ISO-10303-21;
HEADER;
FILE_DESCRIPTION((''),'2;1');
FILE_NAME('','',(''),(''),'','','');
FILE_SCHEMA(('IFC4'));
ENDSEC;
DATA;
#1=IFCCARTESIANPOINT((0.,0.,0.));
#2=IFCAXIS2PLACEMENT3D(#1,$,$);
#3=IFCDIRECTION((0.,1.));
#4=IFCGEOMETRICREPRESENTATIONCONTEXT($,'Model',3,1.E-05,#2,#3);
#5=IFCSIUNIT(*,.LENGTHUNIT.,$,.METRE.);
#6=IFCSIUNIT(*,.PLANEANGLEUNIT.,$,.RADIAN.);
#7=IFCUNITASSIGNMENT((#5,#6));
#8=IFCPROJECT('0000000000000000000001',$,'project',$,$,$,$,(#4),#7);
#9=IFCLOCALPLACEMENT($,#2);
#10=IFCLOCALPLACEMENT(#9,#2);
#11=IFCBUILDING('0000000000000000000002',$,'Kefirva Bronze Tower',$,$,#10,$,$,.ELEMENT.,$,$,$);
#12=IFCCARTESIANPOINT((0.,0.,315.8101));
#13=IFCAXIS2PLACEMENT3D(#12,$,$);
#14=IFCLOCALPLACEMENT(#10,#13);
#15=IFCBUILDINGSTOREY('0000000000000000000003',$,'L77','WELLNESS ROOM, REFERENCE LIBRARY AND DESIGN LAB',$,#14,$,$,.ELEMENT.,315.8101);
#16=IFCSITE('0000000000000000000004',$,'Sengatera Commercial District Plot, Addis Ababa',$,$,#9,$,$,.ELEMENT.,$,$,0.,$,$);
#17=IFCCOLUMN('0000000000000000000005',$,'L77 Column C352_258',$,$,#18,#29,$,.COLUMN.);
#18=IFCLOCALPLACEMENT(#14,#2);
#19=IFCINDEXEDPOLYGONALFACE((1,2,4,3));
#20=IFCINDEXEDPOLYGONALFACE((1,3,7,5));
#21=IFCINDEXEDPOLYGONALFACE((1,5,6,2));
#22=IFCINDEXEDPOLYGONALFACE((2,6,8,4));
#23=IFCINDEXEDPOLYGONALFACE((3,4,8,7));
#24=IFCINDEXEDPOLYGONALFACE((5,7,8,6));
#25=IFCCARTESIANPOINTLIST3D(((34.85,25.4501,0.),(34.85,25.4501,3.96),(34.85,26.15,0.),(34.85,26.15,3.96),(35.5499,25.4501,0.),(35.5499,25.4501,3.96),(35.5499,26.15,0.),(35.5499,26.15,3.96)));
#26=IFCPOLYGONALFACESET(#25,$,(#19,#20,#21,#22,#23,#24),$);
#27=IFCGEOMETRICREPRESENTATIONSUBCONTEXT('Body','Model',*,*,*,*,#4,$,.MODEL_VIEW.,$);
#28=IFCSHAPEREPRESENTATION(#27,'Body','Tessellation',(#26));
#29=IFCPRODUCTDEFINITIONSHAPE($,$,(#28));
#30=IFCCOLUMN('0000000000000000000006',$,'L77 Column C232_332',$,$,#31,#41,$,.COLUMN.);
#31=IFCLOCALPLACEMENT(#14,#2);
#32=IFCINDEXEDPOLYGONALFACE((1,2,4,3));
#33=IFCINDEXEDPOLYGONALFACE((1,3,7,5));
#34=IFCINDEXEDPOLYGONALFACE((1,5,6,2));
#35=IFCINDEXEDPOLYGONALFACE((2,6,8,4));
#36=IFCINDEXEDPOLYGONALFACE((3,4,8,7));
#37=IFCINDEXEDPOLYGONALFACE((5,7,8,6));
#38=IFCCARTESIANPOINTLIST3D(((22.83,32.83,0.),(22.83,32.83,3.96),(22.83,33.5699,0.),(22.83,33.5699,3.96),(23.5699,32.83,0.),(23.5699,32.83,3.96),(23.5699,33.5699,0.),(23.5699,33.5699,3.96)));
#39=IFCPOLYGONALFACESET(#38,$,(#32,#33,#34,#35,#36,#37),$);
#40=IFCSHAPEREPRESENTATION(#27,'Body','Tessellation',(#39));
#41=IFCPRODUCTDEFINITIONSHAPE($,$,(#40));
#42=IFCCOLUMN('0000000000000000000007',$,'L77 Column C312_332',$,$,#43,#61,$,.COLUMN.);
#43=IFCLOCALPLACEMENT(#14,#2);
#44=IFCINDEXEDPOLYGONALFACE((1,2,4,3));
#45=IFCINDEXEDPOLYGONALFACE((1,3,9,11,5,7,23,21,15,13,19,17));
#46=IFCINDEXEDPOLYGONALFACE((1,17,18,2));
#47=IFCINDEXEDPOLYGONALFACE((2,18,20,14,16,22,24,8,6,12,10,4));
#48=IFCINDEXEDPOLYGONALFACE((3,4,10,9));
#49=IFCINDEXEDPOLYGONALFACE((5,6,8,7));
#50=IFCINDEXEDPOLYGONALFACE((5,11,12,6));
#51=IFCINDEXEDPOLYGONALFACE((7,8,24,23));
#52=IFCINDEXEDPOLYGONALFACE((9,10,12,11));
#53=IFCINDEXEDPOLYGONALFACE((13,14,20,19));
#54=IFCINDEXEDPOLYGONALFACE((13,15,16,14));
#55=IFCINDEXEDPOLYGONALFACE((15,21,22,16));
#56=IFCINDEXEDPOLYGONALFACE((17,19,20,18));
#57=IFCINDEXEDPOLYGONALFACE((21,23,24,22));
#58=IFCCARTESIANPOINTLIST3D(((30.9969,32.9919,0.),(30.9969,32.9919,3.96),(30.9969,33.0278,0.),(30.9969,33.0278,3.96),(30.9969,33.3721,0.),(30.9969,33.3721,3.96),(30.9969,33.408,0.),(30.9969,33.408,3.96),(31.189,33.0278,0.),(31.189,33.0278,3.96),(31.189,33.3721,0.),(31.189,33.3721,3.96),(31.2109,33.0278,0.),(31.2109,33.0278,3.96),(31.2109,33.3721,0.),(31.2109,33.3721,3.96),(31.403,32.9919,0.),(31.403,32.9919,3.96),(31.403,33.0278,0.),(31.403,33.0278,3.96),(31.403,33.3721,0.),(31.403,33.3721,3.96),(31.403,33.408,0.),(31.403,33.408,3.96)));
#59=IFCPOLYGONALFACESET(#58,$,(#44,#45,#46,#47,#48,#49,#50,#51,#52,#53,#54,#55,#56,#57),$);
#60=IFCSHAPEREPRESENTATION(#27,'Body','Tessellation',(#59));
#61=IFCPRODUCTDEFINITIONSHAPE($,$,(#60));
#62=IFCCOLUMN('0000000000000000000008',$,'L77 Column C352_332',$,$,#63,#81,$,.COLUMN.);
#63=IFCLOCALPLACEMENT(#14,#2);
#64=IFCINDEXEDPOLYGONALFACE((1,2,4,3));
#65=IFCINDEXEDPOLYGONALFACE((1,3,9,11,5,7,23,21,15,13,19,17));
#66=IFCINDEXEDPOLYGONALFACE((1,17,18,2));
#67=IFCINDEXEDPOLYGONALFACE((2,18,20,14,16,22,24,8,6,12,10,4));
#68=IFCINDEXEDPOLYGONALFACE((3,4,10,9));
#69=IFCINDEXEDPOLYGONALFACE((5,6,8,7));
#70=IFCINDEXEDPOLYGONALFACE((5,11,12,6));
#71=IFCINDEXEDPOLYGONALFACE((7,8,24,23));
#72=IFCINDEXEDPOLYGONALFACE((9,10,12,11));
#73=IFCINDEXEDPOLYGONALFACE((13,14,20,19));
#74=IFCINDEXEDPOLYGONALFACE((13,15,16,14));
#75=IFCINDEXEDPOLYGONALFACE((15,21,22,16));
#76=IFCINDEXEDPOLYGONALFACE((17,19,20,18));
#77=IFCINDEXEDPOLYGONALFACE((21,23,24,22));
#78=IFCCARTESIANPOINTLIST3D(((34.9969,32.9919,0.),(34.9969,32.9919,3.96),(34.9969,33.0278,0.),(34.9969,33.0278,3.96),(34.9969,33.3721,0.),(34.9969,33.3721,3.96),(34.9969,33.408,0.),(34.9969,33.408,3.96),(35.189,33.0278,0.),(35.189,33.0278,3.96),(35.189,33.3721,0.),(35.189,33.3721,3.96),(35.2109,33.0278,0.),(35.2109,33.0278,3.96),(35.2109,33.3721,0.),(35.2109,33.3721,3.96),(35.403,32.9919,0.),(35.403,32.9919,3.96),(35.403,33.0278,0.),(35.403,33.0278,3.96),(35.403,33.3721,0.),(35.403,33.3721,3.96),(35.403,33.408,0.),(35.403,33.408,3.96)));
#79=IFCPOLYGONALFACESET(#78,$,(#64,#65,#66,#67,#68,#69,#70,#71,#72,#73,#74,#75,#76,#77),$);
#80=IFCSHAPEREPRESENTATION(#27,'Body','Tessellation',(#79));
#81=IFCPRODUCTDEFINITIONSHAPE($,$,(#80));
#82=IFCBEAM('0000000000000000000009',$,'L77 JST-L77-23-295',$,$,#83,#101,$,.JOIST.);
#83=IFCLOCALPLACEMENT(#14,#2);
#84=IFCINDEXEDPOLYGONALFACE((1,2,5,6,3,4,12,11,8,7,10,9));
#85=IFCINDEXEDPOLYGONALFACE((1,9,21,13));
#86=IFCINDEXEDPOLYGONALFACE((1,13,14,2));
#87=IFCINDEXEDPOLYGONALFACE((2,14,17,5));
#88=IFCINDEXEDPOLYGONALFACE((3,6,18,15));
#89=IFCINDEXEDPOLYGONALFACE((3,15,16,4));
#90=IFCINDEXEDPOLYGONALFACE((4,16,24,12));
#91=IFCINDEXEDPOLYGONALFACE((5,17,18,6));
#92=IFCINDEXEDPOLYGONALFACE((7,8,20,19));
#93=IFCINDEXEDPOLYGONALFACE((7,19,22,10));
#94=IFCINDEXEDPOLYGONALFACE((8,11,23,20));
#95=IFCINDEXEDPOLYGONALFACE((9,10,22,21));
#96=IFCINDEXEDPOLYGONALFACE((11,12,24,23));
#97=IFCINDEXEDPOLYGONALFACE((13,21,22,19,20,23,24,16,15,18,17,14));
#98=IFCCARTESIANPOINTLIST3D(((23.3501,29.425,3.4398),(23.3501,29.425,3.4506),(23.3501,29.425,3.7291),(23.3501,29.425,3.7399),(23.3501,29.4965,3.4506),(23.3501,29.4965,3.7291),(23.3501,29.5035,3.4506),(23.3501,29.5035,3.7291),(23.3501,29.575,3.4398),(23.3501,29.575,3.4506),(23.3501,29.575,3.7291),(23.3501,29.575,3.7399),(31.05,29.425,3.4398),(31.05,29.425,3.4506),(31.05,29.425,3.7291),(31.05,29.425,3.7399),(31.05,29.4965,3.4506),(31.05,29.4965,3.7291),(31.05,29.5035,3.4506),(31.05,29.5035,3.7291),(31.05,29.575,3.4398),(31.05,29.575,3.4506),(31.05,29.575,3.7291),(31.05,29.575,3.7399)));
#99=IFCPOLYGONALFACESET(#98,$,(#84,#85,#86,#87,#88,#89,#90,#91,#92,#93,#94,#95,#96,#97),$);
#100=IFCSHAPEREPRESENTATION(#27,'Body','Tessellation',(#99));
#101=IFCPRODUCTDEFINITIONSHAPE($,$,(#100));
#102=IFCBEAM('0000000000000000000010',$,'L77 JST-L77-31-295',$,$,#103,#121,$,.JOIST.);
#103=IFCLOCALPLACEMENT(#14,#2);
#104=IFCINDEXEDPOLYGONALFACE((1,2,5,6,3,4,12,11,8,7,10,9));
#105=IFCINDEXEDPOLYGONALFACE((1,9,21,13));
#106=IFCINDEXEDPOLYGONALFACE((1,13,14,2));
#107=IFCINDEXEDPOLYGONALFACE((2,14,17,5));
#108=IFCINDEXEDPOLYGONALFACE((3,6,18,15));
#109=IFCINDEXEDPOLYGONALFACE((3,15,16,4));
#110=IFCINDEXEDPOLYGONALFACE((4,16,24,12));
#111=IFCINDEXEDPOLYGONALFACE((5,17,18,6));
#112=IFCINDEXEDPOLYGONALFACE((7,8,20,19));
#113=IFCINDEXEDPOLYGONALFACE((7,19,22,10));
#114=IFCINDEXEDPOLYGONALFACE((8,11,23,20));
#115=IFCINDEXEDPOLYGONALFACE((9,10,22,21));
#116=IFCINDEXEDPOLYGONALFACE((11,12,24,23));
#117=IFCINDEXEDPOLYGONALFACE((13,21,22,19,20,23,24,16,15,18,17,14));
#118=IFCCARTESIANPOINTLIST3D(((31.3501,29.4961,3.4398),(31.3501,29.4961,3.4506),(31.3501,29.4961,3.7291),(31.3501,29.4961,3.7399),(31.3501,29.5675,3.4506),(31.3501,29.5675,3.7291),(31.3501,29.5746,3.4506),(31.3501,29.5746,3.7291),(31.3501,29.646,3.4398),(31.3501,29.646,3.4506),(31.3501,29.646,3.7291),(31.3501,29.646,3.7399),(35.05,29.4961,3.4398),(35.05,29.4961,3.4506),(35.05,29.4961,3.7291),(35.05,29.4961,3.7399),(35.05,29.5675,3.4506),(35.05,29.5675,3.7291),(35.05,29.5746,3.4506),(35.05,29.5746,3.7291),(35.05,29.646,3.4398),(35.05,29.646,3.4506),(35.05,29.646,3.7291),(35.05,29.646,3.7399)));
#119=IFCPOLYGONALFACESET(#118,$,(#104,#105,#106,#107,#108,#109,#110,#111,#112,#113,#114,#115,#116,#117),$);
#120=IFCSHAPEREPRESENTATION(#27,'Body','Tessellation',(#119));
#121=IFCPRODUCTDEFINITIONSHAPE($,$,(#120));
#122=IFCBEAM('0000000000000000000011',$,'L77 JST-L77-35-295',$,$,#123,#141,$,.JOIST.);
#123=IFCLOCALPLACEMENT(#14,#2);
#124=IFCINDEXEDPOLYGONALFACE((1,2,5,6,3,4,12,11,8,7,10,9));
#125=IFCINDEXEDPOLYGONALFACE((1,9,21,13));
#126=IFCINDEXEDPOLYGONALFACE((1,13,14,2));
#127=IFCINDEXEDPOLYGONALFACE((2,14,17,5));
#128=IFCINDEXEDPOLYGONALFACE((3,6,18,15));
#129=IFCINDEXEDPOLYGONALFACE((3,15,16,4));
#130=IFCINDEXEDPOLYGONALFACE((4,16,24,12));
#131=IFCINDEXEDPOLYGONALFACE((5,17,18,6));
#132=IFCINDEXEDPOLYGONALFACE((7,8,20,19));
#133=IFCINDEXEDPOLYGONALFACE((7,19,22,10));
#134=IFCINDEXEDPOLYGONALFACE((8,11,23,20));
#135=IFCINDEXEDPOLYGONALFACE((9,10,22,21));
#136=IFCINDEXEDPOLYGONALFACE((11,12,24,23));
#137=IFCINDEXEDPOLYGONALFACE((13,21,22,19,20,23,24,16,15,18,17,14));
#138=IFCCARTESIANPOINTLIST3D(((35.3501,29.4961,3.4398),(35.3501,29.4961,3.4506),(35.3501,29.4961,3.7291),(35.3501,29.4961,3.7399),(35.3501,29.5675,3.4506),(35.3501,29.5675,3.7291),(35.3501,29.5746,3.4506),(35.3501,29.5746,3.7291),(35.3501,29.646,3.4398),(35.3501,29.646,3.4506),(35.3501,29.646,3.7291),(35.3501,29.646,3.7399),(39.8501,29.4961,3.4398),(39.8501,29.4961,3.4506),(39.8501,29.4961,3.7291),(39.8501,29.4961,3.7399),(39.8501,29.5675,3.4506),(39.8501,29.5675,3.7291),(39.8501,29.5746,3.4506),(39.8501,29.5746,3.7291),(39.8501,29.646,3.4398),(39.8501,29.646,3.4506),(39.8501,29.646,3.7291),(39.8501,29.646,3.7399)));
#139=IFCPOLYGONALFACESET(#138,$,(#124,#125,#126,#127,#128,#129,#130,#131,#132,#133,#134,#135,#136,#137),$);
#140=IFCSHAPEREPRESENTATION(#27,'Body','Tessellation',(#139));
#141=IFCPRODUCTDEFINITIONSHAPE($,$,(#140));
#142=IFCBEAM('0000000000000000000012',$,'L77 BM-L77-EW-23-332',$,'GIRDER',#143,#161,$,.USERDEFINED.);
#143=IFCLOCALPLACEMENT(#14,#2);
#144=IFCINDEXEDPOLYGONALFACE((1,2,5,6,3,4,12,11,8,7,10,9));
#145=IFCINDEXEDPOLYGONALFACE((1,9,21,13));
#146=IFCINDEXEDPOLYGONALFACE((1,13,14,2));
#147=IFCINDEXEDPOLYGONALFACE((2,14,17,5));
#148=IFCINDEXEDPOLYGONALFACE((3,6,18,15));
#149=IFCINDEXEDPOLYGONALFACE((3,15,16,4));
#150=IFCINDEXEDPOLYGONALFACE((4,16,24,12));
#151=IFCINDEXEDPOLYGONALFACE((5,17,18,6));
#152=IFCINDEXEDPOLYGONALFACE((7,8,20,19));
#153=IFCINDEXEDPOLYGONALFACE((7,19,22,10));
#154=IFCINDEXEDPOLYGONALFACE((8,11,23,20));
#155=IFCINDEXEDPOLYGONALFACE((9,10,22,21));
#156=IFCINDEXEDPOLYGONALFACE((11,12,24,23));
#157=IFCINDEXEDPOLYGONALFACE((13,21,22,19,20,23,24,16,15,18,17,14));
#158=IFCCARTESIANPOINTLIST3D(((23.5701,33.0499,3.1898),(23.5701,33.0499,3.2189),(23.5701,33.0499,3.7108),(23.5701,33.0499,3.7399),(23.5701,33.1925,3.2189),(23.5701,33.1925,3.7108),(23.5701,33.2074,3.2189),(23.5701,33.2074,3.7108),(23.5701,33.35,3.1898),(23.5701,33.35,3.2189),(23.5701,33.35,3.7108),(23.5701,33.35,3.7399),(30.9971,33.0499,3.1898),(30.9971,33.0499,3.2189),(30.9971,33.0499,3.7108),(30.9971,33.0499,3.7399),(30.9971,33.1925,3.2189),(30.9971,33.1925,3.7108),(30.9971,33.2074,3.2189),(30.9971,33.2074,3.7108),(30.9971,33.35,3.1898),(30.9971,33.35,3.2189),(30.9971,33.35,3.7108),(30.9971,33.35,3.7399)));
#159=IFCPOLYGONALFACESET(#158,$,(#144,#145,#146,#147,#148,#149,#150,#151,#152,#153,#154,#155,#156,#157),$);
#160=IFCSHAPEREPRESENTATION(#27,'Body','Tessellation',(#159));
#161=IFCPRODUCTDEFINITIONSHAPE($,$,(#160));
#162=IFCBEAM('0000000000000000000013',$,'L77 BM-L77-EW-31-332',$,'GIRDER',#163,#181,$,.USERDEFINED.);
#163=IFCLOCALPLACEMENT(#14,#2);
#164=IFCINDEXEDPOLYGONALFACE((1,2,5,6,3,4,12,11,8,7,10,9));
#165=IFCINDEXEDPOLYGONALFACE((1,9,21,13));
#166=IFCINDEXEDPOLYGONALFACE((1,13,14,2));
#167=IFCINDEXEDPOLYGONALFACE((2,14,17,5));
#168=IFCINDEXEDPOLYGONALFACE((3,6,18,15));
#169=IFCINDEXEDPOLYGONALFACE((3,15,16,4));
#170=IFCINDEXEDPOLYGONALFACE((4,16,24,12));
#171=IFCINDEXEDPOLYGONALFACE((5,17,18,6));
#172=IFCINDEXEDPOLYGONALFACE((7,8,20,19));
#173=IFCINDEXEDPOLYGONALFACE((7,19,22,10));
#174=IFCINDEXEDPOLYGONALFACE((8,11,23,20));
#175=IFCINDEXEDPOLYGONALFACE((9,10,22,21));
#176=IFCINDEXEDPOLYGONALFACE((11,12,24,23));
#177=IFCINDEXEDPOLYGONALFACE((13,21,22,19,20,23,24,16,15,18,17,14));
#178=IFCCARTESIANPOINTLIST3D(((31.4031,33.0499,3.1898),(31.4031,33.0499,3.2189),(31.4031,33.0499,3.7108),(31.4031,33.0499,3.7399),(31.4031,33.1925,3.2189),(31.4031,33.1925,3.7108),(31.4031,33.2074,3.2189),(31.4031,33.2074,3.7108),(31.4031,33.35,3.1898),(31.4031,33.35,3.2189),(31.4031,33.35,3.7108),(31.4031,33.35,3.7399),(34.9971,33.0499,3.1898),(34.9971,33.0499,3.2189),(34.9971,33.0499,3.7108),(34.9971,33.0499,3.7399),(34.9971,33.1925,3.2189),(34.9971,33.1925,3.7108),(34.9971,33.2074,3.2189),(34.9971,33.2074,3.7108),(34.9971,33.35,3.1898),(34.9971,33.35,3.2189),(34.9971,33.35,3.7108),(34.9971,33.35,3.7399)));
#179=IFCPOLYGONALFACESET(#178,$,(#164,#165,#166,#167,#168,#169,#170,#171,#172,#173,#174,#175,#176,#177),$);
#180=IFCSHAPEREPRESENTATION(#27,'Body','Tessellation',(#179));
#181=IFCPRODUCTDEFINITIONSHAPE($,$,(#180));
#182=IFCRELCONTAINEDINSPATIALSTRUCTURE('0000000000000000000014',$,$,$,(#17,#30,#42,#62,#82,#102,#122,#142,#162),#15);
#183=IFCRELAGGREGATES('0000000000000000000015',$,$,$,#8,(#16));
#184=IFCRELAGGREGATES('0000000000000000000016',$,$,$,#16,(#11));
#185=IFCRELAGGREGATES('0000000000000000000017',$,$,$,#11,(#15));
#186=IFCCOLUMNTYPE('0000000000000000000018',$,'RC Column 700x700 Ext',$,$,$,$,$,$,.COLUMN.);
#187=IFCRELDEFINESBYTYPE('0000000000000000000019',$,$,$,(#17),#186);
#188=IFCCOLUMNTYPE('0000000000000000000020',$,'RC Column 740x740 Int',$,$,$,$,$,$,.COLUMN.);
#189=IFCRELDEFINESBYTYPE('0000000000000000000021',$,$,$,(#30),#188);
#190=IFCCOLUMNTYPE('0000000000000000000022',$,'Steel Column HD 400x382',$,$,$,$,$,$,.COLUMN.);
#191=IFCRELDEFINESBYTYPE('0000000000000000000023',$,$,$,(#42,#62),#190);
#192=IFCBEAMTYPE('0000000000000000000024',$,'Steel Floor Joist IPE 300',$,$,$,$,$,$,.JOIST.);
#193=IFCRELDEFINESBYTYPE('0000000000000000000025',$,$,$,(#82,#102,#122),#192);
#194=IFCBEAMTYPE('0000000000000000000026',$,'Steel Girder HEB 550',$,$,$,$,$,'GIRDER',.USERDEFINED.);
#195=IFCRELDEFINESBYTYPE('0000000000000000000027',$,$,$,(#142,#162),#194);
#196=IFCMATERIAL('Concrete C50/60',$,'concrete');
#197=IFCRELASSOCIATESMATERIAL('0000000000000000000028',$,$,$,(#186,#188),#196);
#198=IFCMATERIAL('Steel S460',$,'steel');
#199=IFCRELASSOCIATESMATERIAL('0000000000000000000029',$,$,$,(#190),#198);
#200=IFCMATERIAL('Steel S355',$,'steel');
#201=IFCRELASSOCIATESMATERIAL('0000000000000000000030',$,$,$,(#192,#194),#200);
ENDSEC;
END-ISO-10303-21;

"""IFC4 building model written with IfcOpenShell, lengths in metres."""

from ifc_helpers import new_model, si_unit, direction, frame, origin, origin_2d, place, context, subcontext, project, spatial, rectangle, i_section, extrude, material, material_profile, profile_set, type_object, element, save


model = new_model("IFC4")

# Units and contexts
model_context = context("Model", 3, precision=1e-05, world=origin(), true_north=direction((0.0, 1.0)))
body_context = subcontext(model_context, "Body", "Model", "MODEL_VIEW")
ifc_project = project(units=[si_unit("LENGTHUNIT", "METRE"), si_unit("PLANEANGLEUNIT", "RADIAN")], contexts=[model_context])

# Site, building, storey
site_placement = place(None, origin())
site = spatial("IfcSite", under=ifc_project, at=site_placement, Name="Sengatera Commercial District Plot, Addis Ababa", CompositionType="ELEMENT", RefElevation=0.0)
building_placement = place(site_placement, origin())
building = spatial("IfcBuilding", under=site, at=building_placement, Name="Kefirva Bronze Tower", CompositionType="ELEMENT")
storey_placement = place(building_placement, frame((0.0, 0.0, 315.8101)))
storey = spatial("IfcBuildingStorey", under=building, at=storey_placement, Name="L77", Description="WELLNESS ROOM, REFERENCE LIBRARY AND DESIGN LAB", CompositionType="ELEMENT", Elevation=315.8101)

# Columns
ifc_material_1 = material(Name="Concrete C50/60", Category="concrete")
ifc_material_profile_1 = material_profile(ifc_material_1, rectangle(XDim=0.7, YDim=0.7, at=origin_2d()), Name="RC 700x700")
ifc_profile_set_1 = profile_set([ifc_material_profile_1], Name="Concrete C50/60")
column_type_1 = type_object("IfcColumnType", Name="RC Column 700x700 Ext", PredefinedType="COLUMN", material=ifc_profile_set_1)
column_1_placement = place(storey_placement, frame((35.2, 25.8, 0.0), z_axis=(0.0, 0.0, 1.0), x_axis=(1.0, 0.0, 0.0)))
element("IfcColumn", 1, at=column_1_placement, inside=storey, type_object=column_type_1, Name="L77 Column C352_258", PredefinedType="COLUMN", context=body_context, shape_type="SweptSolid", body=[
    extrude(rectangle(XDim=0.7, YDim=0.7, at=origin_2d()), origin(), (0.0, 0.0, 1.0), 3.96),
])
ifc_material_profile_2 = material_profile(ifc_material_1, rectangle(XDim=0.74, YDim=0.74, at=origin_2d()), Name="RC 740x740")
ifc_profile_set_2 = profile_set([ifc_material_profile_2], Name="Concrete C50/60")
column_type_2 = type_object("IfcColumnType", Name="RC Column 740x740 Int", PredefinedType="COLUMN", material=ifc_profile_set_2)
column_2_placement = place(storey_placement, frame((23.2, 33.2, 0.0), z_axis=(0.0, 0.0, 1.0), x_axis=(1.0, 0.0, 0.0)))
element("IfcColumn", 2, at=column_2_placement, inside=storey, type_object=column_type_2, Name="L77 Column C232_332", PredefinedType="COLUMN", context=body_context, shape_type="SweptSolid", body=[
    extrude(rectangle(XDim=0.74, YDim=0.74, at=origin_2d()), origin(), (0.0, 0.0, 1.0), 3.96),
])
ifc_material_2 = material(Name="Steel S460", Category="steel")
ifc_material_profile_3 = material_profile(ifc_material_2, i_section(OverallWidth=0.406, OverallDepth=0.416, WebThickness=0.022, FlangeThickness=0.0359, at=origin_2d()), Name="HD 400x382")
ifc_profile_set_3 = profile_set([ifc_material_profile_3], Name="Steel S460")
column_type_3 = type_object("IfcColumnType", Name="Steel Column HD 400x382", PredefinedType="COLUMN", material=ifc_profile_set_3)
for number, where, z_axis, x_axis, name in (
    (3, (31.2, 33.2, 0.0), (0.0, 0.0, 1.0), (1.0, 0.0, 0.0), "L77 Column C312_332"),
    (4, (35.2, 33.2, 0.0), (0.0, 0.0, 1.0), (1.0, 0.0, 0.0), "L77 Column C352_332"),
):
    element("IfcColumn", number, at=place(storey_placement, frame(where, z_axis=z_axis, x_axis=x_axis)), inside=storey, type_object=column_type_3, Name=name, PredefinedType="COLUMN", context=body_context, shape_type="SweptSolid", body=[
        extrude(i_section(OverallWidth=0.406, OverallDepth=0.416, WebThickness=0.022, FlangeThickness=0.0359, at=origin_2d()), origin(), (0.0, 0.0, 1.0), 3.96),
    ])

# Beams
ifc_material_3 = material(Name="Steel S355", Category="steel")
ifc_material_profile_4 = material_profile(ifc_material_3, i_section(OverallWidth=0.1499, OverallDepth=0.3, WebThickness=0.0071, FlangeThickness=0.0107, at=origin_2d()), Name="IPE 300")
ifc_profile_set_4 = profile_set([ifc_material_profile_4], Name="Steel S355")
beam_type_1 = type_object("IfcBeamType", Name="Steel Floor Joist IPE 300", PredefinedType="JOIST", material=ifc_profile_set_4)
beam_1_placement = place(storey_placement, frame((23.3501, 29.5, 3.5898), z_axis=(1.0, 0.0, 0.0), x_axis=(0.0, 1.0, 0.0)))
element("IfcBeam", 5, at=beam_1_placement, inside=storey, type_object=beam_type_1, Name="L77 JST-L77-23-295", PredefinedType="JOIST", context=body_context, shape_type="SweptSolid", body=[
    extrude(i_section(OverallWidth=0.1499, OverallDepth=0.3, WebThickness=0.0071, FlangeThickness=0.0107, at=origin_2d()), origin(), (0.0, 0.0, 1.0), 7.7),
])
beam_2_placement = place(storey_placement, frame((31.3501, 29.571, 3.5898), z_axis=(1.0, 0.0, 0.0), x_axis=(0.0, 1.0, 0.0)))
element("IfcBeam", 6, at=beam_2_placement, inside=storey, type_object=beam_type_1, Name="L77 JST-L77-31-295", PredefinedType="JOIST", context=body_context, shape_type="SweptSolid", body=[
    extrude(i_section(OverallWidth=0.1499, OverallDepth=0.3, WebThickness=0.0071, FlangeThickness=0.0107, at=origin_2d()), origin(), (0.0, 0.0, 1.0), 3.7),
])
beam_3_placement = place(storey_placement, frame((35.3501, 29.571, 3.5898), z_axis=(1.0, 0.0, 0.0), x_axis=(0.0, 1.0, 0.0)))
element("IfcBeam", 7, at=beam_3_placement, inside=storey, type_object=beam_type_1, Name="L77 JST-L77-35-295", PredefinedType="JOIST", context=body_context, shape_type="SweptSolid", body=[
    extrude(i_section(OverallWidth=0.1499, OverallDepth=0.3, WebThickness=0.0071, FlangeThickness=0.0107, at=origin_2d()), origin(), (0.0, 0.0, 1.0), 4.5),
])
ifc_material_profile_5 = material_profile(ifc_material_3, i_section(OverallWidth=0.3, OverallDepth=0.55, WebThickness=0.0149, FlangeThickness=0.0291, at=origin_2d()), Name="HEB 550")
ifc_profile_set_5 = profile_set([ifc_material_profile_5], Name="Steel S355")
beam_type_2 = type_object("IfcBeamType", Name="Steel Girder HEB 550", ElementType="GIRDER", PredefinedType="USERDEFINED", material=ifc_profile_set_5)
beam_4_placement = place(storey_placement, frame((23.5701, 33.2, 3.4648), z_axis=(1.0, 0.0, 0.0), x_axis=(0.0, 1.0, 0.0)))
element("IfcBeam", 8, at=beam_4_placement, inside=storey, type_object=beam_type_2, Name="L77 BM-L77-EW-23-332", ObjectType="GIRDER", PredefinedType="USERDEFINED", context=body_context, shape_type="SweptSolid", body=[
    extrude(i_section(OverallWidth=0.3, OverallDepth=0.55, WebThickness=0.0149, FlangeThickness=0.0291, at=origin_2d()), origin(), (0.0, 0.0, 1.0), 7.427),
])
beam_5_placement = place(storey_placement, frame((31.4031, 33.2, 3.4648), z_axis=(1.0, 0.0, 0.0), x_axis=(0.0, 1.0, 0.0)))
element("IfcBeam", 9, at=beam_5_placement, inside=storey, type_object=beam_type_2, Name="L77 BM-L77-EW-31-332", ObjectType="GIRDER", PredefinedType="USERDEFINED", context=body_context, shape_type="SweptSolid", body=[
    extrude(i_section(OverallWidth=0.3, OverallDepth=0.55, WebThickness=0.0149, FlangeThickness=0.0291, at=origin_2d()), origin(), (0.0, 0.0, 1.0), 3.594),
])

save(model, "model.ifc")
